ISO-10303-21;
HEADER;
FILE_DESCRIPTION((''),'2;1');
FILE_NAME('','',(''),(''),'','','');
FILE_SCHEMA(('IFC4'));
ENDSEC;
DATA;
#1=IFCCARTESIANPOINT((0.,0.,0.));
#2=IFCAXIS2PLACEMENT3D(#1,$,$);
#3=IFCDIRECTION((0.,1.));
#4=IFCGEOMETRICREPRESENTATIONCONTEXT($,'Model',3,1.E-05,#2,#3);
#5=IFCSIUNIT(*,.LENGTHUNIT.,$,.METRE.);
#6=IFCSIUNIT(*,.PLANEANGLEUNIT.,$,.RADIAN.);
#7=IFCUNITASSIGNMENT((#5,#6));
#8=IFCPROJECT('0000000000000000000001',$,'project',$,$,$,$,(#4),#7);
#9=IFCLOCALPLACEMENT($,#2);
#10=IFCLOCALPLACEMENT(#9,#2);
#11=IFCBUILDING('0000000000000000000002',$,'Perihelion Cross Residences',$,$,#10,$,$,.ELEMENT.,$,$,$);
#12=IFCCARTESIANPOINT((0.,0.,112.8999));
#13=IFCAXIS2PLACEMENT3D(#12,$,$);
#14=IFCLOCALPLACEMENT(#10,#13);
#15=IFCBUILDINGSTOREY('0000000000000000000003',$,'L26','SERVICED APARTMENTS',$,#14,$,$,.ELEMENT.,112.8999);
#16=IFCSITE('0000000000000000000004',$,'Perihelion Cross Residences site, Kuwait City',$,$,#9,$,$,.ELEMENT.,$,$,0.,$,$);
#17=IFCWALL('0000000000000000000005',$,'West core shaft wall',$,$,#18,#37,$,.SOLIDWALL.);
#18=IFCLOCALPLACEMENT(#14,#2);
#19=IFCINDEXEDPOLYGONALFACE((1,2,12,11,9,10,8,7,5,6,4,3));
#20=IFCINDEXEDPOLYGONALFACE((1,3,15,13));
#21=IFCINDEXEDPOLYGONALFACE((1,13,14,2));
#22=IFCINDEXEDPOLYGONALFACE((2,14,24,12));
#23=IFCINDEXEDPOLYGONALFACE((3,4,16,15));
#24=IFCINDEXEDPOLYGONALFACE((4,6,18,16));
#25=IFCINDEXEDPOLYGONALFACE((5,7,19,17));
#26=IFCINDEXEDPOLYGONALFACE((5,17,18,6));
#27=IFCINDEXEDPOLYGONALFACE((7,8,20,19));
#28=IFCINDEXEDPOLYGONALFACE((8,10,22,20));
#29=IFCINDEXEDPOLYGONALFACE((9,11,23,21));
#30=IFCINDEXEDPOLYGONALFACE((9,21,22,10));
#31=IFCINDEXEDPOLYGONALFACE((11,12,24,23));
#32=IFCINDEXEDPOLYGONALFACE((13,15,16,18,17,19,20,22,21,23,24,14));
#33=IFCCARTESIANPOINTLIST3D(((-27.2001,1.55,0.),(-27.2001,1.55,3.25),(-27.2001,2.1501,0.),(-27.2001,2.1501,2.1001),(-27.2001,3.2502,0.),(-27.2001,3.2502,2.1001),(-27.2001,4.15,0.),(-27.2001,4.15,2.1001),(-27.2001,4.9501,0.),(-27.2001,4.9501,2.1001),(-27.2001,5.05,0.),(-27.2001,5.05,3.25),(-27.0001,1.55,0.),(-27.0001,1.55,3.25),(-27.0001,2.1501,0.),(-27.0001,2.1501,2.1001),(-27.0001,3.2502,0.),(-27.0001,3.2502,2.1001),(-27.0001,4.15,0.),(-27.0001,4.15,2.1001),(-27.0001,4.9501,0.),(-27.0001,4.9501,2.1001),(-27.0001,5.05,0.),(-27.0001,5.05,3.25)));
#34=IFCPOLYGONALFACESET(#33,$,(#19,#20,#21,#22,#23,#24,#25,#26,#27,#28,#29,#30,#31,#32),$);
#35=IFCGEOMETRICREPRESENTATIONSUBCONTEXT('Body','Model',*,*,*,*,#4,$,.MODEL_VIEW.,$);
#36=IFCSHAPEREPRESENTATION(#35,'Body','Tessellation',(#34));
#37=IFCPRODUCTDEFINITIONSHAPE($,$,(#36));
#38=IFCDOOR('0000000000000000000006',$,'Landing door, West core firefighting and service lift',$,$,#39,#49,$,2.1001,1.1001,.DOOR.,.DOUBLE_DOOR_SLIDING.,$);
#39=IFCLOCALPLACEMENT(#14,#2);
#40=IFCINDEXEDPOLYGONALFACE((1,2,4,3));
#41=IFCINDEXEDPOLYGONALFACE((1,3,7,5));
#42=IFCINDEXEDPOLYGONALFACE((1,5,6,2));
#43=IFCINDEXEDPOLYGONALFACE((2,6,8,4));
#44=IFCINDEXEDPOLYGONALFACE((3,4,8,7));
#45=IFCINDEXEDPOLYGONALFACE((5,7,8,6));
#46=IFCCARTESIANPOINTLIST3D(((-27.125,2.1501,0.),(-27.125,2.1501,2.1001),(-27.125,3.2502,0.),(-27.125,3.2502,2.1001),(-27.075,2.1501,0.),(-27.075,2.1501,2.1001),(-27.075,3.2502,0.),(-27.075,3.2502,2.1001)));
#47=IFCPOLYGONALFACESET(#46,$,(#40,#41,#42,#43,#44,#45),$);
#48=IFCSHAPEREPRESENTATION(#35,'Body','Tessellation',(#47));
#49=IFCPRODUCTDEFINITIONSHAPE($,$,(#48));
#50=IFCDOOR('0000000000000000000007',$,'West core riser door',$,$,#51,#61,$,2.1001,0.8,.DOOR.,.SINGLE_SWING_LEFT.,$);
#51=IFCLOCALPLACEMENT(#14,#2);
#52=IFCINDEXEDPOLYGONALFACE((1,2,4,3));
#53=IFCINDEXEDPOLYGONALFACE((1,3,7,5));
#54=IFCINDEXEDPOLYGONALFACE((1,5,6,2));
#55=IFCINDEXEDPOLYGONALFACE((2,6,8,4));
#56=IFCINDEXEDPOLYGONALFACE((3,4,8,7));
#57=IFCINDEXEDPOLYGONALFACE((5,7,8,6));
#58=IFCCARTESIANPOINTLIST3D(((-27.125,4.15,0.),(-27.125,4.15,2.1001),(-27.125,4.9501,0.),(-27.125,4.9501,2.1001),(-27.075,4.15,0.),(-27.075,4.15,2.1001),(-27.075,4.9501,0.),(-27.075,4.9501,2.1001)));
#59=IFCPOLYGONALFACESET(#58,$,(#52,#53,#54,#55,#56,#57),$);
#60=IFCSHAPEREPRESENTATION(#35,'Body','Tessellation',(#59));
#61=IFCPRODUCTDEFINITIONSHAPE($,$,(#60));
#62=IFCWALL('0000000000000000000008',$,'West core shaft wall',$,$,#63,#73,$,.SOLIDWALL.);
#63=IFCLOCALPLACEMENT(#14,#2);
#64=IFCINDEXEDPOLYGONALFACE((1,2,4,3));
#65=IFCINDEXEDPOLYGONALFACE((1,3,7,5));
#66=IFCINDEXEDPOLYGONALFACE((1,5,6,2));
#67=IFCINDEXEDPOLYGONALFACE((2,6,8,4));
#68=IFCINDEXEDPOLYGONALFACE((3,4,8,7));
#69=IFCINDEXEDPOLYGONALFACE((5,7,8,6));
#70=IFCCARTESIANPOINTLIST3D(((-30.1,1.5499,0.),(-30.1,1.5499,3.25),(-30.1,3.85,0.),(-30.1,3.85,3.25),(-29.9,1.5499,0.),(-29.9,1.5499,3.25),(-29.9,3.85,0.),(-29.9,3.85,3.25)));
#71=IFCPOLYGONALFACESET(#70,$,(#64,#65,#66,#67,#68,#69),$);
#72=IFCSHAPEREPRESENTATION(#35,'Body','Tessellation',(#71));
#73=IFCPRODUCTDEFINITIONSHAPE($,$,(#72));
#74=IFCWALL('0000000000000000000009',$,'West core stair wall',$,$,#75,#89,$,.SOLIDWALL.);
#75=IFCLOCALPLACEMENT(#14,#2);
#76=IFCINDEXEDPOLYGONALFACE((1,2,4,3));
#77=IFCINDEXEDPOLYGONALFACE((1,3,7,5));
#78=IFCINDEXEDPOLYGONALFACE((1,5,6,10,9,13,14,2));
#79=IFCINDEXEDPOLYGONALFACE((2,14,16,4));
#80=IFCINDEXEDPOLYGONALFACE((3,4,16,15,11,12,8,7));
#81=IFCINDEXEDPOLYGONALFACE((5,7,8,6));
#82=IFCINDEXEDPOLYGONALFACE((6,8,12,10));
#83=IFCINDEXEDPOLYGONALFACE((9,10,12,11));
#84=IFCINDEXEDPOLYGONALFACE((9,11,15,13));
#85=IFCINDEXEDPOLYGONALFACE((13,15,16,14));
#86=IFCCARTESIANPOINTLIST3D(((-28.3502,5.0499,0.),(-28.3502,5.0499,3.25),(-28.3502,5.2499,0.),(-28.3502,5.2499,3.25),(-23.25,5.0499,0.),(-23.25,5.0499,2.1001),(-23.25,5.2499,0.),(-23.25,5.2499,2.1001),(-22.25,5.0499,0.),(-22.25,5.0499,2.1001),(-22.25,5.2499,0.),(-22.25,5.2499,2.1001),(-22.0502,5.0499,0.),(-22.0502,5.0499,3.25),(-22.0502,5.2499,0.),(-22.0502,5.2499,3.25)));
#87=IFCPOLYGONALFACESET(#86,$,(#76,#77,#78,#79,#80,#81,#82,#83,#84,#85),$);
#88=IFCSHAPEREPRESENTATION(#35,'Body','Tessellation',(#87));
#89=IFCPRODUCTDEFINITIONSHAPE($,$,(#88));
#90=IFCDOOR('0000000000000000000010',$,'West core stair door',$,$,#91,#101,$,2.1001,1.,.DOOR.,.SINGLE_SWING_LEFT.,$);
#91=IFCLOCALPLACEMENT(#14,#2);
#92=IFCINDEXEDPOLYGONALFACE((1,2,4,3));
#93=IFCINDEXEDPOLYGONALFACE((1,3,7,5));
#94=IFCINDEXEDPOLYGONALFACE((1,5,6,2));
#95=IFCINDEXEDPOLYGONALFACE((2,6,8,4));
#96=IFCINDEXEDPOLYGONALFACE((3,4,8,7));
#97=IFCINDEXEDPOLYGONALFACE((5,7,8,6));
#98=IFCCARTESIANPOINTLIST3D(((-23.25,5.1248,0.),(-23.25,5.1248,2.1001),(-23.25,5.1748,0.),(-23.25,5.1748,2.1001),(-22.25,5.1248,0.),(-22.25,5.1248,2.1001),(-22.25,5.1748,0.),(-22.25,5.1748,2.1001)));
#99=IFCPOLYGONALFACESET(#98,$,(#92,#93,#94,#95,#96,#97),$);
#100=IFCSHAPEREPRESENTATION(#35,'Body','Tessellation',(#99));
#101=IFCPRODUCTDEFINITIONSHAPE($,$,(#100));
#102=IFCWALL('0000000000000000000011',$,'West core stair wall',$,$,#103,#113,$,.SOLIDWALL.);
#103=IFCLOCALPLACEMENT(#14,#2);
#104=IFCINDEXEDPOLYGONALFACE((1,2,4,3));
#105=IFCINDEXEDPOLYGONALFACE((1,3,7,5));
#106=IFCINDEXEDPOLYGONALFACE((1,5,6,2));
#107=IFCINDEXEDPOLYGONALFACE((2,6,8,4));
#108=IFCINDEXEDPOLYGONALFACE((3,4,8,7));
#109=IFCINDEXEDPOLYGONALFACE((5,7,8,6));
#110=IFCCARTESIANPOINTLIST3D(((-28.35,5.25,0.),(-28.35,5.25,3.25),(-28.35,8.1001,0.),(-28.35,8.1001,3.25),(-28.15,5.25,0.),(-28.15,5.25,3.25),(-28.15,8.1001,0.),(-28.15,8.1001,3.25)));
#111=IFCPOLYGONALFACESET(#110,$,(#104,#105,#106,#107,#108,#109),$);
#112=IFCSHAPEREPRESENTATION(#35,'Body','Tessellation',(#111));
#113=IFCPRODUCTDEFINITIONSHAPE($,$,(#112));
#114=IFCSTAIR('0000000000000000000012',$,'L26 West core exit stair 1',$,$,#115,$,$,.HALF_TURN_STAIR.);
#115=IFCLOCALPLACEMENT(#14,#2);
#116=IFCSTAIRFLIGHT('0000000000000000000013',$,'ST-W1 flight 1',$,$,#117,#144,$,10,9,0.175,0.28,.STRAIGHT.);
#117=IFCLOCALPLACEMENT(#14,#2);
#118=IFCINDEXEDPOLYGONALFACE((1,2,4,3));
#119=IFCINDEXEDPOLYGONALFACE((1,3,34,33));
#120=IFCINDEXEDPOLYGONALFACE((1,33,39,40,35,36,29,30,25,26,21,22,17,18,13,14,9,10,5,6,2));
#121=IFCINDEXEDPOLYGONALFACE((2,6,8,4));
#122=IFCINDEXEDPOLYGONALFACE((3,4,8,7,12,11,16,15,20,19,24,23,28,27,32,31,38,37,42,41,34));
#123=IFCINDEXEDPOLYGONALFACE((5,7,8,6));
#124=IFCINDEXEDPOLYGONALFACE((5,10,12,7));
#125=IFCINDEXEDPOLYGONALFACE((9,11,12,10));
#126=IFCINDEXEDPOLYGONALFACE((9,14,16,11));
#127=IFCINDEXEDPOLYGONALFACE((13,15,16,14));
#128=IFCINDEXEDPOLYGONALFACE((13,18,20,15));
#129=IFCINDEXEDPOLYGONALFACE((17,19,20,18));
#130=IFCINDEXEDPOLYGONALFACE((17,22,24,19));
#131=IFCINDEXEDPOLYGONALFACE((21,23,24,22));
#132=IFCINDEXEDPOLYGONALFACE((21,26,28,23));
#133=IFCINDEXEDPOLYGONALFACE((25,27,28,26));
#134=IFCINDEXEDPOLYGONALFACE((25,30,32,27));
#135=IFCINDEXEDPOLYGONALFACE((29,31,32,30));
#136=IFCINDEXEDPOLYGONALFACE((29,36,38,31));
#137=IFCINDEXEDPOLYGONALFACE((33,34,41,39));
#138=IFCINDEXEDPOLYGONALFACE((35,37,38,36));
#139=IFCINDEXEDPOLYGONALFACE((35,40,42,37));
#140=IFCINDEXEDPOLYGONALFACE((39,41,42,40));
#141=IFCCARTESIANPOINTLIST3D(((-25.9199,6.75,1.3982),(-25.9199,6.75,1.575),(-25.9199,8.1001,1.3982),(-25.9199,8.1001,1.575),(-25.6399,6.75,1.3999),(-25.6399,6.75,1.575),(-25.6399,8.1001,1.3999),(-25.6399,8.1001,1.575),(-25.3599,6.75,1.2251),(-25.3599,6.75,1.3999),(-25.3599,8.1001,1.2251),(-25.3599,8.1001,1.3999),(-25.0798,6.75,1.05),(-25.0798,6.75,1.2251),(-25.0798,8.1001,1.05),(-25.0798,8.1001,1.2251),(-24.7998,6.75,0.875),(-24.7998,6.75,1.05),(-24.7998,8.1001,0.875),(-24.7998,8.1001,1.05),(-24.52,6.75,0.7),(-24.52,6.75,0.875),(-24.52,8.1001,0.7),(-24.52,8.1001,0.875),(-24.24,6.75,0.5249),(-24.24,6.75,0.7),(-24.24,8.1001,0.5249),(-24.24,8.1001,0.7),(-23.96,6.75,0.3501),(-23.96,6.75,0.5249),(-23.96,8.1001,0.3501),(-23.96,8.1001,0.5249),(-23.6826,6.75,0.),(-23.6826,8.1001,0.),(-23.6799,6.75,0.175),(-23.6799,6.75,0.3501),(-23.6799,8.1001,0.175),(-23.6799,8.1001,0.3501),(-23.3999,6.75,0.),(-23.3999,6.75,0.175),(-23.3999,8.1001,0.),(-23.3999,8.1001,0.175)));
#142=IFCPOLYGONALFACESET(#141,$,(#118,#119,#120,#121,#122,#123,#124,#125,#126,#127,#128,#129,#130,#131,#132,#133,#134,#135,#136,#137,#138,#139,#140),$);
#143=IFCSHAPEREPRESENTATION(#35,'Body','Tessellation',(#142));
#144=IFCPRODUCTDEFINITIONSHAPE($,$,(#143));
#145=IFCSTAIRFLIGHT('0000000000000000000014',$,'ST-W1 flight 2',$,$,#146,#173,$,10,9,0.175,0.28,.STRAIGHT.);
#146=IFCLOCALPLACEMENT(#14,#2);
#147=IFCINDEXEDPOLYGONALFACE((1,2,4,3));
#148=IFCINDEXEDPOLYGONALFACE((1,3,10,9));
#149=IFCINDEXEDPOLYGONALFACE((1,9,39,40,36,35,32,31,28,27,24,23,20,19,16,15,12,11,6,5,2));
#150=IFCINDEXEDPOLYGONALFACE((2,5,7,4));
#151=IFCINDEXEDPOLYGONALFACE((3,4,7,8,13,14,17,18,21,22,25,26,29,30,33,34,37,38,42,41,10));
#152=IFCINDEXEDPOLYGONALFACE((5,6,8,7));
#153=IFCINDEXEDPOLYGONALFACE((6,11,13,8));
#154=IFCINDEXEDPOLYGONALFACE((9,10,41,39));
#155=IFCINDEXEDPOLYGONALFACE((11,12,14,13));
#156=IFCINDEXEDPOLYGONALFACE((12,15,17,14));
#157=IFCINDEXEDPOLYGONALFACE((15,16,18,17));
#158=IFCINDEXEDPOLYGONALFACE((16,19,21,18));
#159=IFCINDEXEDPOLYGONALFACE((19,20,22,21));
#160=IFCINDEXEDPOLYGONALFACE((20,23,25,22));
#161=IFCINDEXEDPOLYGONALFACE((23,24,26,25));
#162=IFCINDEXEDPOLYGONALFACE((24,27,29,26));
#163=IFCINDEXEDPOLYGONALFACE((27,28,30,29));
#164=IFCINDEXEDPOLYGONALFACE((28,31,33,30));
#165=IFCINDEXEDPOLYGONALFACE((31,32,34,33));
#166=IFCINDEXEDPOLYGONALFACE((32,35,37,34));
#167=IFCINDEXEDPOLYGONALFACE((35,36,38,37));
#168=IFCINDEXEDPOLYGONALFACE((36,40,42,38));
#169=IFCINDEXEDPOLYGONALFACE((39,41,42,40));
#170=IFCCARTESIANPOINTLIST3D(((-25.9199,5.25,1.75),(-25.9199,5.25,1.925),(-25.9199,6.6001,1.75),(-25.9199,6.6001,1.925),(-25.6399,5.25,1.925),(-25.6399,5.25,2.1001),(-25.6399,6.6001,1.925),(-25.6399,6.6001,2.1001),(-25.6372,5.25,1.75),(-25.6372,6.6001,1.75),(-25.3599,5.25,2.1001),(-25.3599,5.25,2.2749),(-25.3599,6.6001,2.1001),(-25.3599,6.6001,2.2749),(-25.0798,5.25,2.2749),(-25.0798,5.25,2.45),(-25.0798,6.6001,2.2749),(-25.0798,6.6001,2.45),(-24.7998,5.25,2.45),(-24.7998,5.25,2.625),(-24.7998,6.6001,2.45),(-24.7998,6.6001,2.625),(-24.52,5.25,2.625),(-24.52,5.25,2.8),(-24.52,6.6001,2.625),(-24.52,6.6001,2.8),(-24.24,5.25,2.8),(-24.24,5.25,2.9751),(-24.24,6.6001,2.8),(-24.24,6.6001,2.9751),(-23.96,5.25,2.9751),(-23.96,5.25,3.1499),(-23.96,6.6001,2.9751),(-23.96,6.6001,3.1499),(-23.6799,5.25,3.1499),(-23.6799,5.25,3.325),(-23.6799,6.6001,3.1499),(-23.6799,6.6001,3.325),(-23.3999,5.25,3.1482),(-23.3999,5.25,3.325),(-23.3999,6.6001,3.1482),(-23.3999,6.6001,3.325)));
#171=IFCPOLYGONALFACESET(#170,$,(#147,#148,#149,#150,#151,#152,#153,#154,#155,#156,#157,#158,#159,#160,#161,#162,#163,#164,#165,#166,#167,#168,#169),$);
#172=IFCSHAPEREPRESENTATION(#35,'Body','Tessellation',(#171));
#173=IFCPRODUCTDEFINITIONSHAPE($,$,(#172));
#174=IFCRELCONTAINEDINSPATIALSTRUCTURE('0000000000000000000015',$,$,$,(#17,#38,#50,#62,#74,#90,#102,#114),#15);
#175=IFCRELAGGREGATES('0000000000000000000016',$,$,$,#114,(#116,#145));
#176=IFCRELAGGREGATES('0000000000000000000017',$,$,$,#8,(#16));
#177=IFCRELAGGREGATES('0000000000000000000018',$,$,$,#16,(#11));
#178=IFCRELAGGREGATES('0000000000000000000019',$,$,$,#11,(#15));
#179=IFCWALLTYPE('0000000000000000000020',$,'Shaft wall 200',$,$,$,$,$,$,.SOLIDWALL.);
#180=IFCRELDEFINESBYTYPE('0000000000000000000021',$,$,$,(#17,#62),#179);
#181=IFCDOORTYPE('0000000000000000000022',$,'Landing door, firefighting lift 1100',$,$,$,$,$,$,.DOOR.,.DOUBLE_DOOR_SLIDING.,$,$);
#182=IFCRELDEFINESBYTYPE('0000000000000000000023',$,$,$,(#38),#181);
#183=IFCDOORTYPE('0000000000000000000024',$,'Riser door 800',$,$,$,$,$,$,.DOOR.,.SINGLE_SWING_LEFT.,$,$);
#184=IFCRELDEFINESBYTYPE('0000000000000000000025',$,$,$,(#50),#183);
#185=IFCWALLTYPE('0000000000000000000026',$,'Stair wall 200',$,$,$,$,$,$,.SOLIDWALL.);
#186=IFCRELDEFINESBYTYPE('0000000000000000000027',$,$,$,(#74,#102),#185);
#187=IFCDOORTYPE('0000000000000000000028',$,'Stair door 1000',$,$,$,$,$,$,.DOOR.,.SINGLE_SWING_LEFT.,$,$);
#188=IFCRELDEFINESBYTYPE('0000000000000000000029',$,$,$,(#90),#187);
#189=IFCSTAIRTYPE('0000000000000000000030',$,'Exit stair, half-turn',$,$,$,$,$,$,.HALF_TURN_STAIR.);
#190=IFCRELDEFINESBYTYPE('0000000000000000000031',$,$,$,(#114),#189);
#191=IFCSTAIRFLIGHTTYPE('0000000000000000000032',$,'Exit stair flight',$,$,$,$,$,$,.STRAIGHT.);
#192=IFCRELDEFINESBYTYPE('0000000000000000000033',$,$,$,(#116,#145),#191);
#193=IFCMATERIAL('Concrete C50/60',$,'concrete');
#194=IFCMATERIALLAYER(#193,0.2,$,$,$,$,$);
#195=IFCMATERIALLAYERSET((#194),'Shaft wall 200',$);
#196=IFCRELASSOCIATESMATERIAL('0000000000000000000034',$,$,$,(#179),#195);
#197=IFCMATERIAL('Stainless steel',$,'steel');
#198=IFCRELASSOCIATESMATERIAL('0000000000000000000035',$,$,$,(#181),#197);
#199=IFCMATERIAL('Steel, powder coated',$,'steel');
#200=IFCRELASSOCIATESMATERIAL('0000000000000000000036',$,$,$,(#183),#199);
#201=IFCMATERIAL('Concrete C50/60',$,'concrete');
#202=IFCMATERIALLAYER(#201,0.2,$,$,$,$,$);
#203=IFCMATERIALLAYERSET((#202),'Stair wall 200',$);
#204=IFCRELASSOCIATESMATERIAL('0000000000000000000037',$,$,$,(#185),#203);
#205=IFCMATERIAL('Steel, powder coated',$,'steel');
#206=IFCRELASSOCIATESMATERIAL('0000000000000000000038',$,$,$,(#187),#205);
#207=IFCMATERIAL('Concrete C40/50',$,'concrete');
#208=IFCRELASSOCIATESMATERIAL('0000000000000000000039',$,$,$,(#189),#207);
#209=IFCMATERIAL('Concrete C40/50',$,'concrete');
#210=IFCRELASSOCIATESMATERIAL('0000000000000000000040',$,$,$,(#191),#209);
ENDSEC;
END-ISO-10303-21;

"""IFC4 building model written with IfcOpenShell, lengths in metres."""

from ifc_helpers import new_model, si_unit, direction, frame, frame_2d, origin, place, context, subcontext, project, spatial, polyline, rectangle, outline, extrude, material, layer, layer_set, type_object, element, fill, aggregate, save


model = new_model("IFC4")

# Units and contexts
model_context = context("Model", 3, precision=1e-05, world=origin(), true_north=direction((0.0, 1.0)))
body_context = subcontext(model_context, "Body", "Model", "MODEL_VIEW")
ifc_project = project(units=[si_unit("LENGTHUNIT", "METRE"), si_unit("PLANEANGLEUNIT", "RADIAN")], contexts=[model_context])

# Site, building, storey
site_placement = place(None, origin())
site = spatial("IfcSite", under=ifc_project, at=site_placement, Name="Perihelion Cross Residences site, Kuwait City", CompositionType="ELEMENT", RefElevation=0.0)
building_placement = place(site_placement, origin())
building = spatial("IfcBuilding", under=site, at=building_placement, Name="Perihelion Cross Residences", CompositionType="ELEMENT")
storey_placement = place(building_placement, frame((0.0, 0.0, 112.8999)))
storey = spatial("IfcBuildingStorey", under=building, at=storey_placement, Name="L26", Description="SERVICED APARTMENTS", CompositionType="ELEMENT", Elevation=112.8999)

# Shared definitions
ifc_material_1 = material(Name="Concrete C50/60", Category="concrete")
ifc_layer_1 = layer(ifc_material_1, 0.2)
ifc_layer_set_1 = layer_set([ifc_layer_1], Name="Shaft wall 200")
wall_type_1 = type_object("IfcWallType", Name="Shaft wall 200", PredefinedType="SOLIDWALL", material=ifc_layer_set_1)

# Wall, openings, doors
wall_1_placement = place(storey_placement, frame((-27.1001, 1.55, 0.0), z_axis=(0.0, 0.0, 1.0), x_axis=(0.0, 1.0, 0.0)))
wall_1 = element("IfcWall", 1, at=wall_1_placement, inside=storey, type_object=wall_type_1, Name="West core shaft wall", PredefinedType="SOLIDWALL", context=body_context, shape_type="SweptSolid", body=[
    extrude(rectangle(XDim=3.5, YDim=0.2, at=frame_2d((1.75, 0.0))), origin(), (0.0, 0.0, 1.0), 3.25),
])
opening_1_placement = place(wall_1_placement, frame((0.6001, 0.0, 0.0)))
opening_1 = element("IfcOpeningElement", 2, at=opening_1_placement, cuts=wall_1, PredefinedType="OPENING", context=body_context, shape_type="SweptSolid", body=[
    extrude(rectangle(XDim=1.1001, YDim=2.1001, at=frame_2d((0.55, 1.05))), frame((0.0, 0.1099, 0.0), z_axis=(0.0, -1.0, 0.0), x_axis=(1.0, 0.0, 0.0)), (0.0, 0.0, 1.0), 0.22),
])
opening_2_placement = place(wall_1_placement, frame((2.6001, 0.0, 0.0)))
opening_2 = element("IfcOpeningElement", 3, at=opening_2_placement, cuts=wall_1, PredefinedType="OPENING", context=body_context, shape_type="SweptSolid", body=[
    extrude(rectangle(XDim=0.8, YDim=2.1001, at=frame_2d((0.3999, 1.05))), frame((0.0, 0.1099, 0.0), z_axis=(0.0, -1.0, 0.0), x_axis=(1.0, 0.0, 0.0)), (0.0, 0.0, 1.0), 0.22),
])
ifc_material_2 = material(Name="Stainless steel", Category="steel")
door_type_1 = type_object("IfcDoorType", Name="Landing door, firefighting lift 1100", OperationType="DOUBLE_DOOR_SLIDING", PredefinedType="DOOR", material=ifc_material_2)
door_1_placement = place(opening_1_placement, origin())
door_1 = element("IfcDoor", 4, at=door_1_placement, inside=storey, type_object=door_type_1, Name="Landing door, West core firefighting and service lift", OperationType="DOUBLE_DOOR_SLIDING", OverallHeight=2.1001, OverallWidth=1.1001, PredefinedType="DOOR", context=body_context, shape_type="SweptSolid", body=[
    extrude(rectangle(XDim=1.1001, YDim=2.1001, at=frame_2d((0.55, 1.05))), frame((0.0, 0.0249, 0.0), z_axis=(0.0, -1.0, 0.0), x_axis=(1.0, 0.0, 0.0)), (0.0, 0.0, 1.0), 0.05),
])
fill(opening_1, door_1)
ifc_material_3 = material(Name="Steel, powder coated", Category="steel")
door_type_2 = type_object("IfcDoorType", Name="Riser door 800", OperationType="SINGLE_SWING_LEFT", PredefinedType="DOOR", material=ifc_material_3)
door_2_placement = place(opening_2_placement, origin())
door_2 = element("IfcDoor", 5, at=door_2_placement, inside=storey, type_object=door_type_2, Name="West core riser door", OperationType="SINGLE_SWING_LEFT", OverallHeight=2.1001, OverallWidth=0.8, PredefinedType="DOOR", context=body_context, shape_type="SweptSolid", body=[
    extrude(rectangle(XDim=0.8, YDim=2.1001, at=frame_2d((0.3999, 1.05))), frame((0.0, 0.0249, 0.0), z_axis=(0.0, -1.0, 0.0), x_axis=(1.0, 0.0, 0.0)), (0.0, 0.0, 1.0), 0.05),
])
fill(opening_2, door_2)

# Wall
wall_2_placement = place(storey_placement, frame((-30.0, 1.55, 0.0), z_axis=(0.0, 0.0, 1.0), x_axis=(0.0, 1.0, 0.0)))
element("IfcWall", 6, at=wall_2_placement, inside=storey, type_object=wall_type_1, Name="West core shaft wall", PredefinedType="SOLIDWALL", context=body_context, shape_type="SweptSolid", body=[
    extrude(rectangle(XDim=2.3, YDim=0.2, at=frame_2d((1.1499, 0.0))), origin(), (0.0, 0.0, 1.0), 3.25),
])

# Wall, opening, door
ifc_material_4 = material(Name="Concrete C50/60", Category="concrete")
ifc_layer_2 = layer(ifc_material_4, 0.2)
ifc_layer_set_2 = layer_set([ifc_layer_2], Name="Stair wall 200")
wall_type_2 = type_object("IfcWallType", Name="Stair wall 200", PredefinedType="SOLIDWALL", material=ifc_layer_set_2)
wall_3_placement = place(storey_placement, frame((-28.3501, 5.1499, 0.0), z_axis=(0.0, 0.0, 1.0), x_axis=(1.0, 0.0, 0.0)))
wall_3 = element("IfcWall", 7, at=wall_3_placement, inside=storey, type_object=wall_type_2, Name="West core stair wall", PredefinedType="SOLIDWALL", context=body_context, shape_type="SweptSolid", body=[
    extrude(rectangle(XDim=6.3, YDim=0.2, at=frame_2d((3.1499, 0.0))), origin(), (0.0, 0.0, 1.0), 3.25),
])
opening_3_placement = place(wall_3_placement, frame((5.1001, 0.0, 0.0)))
opening_3 = element("IfcOpeningElement", 8, at=opening_3_placement, cuts=wall_3, PredefinedType="OPENING", context=body_context, shape_type="SweptSolid", body=[
    extrude(rectangle(XDim=1.0, YDim=2.1001, at=frame_2d((0.5, 1.05))), frame((0.0, 0.1099, 0.0), z_axis=(0.0, -1.0, 0.0), x_axis=(1.0, 0.0, 0.0)), (0.0, 0.0, 1.0), 0.22),
])
ifc_material_5 = material(Name="Steel, powder coated", Category="steel")
door_type_3 = type_object("IfcDoorType", Name="Stair door 1000", OperationType="SINGLE_SWING_LEFT", PredefinedType="DOOR", material=ifc_material_5)
door_3_placement = place(opening_3_placement, origin())
door_3 = element("IfcDoor", 9, at=door_3_placement, inside=storey, type_object=door_type_3, Name="West core stair door", OperationType="SINGLE_SWING_LEFT", OverallHeight=2.1001, OverallWidth=1.0, PredefinedType="DOOR", context=body_context, shape_type="SweptSolid", body=[
    extrude(rectangle(XDim=1.0, YDim=2.1001, at=frame_2d((0.5, 1.05))), frame((0.0, 0.0249, 0.0), z_axis=(0.0, -1.0, 0.0), x_axis=(1.0, 0.0, 0.0)), (0.0, 0.0, 1.0), 0.05),
])
fill(opening_3, door_3)

# Wall
wall_4_placement = place(storey_placement, frame((-28.25, 5.25, 0.0), z_axis=(0.0, 0.0, 1.0), x_axis=(0.0, 1.0, 0.0)))
element("IfcWall", 10, at=wall_4_placement, inside=storey, type_object=wall_type_2, Name="West core stair wall", PredefinedType="SOLIDWALL", context=body_context, shape_type="SweptSolid", body=[
    extrude(rectangle(XDim=2.8501, YDim=0.2, at=frame_2d((1.425, 0.0))), origin(), (0.0, 0.0, 1.0), 3.25),
])

# Stair, stair flights
ifc_material_6 = material(Name="Concrete C40/50", Category="concrete")
stair_type = type_object("IfcStairType", Name="Exit stair, half-turn", PredefinedType="HALF_TURN_STAIR", material=ifc_material_6)
stair_placement = place(storey_placement, origin())
stair = element("IfcStair", 11, at=stair_placement, inside=storey, type_object=stair_type, Name="L26 West core exit stair 1", PredefinedType="HALF_TURN_STAIR")
ifc_material_7 = material(Name="Concrete C40/50", Category="concrete")
stair_flight_type = type_object("IfcStairFlightType", Name="Exit stair flight", PredefinedType="STRAIGHT", material=ifc_material_7)
stair_flight_1_placement = place(storey_placement, frame((-23.3999, 7.425, 0.0), z_axis=(0.0, 0.0, 1.0), x_axis=(-1.0, 0.0, 0.0)))
stair_flight_1 = element("IfcStairFlight", 12, at=stair_flight_1_placement, type_object=stair_flight_type, Name="ST-W1 flight 1", NumberOfRisers=10, NumberOfTreads=9, PredefinedType="STRAIGHT", RiserHeight=0.175, TreadLength=0.28, context=body_context, shape_type="SweptSolid", body=[
    extrude(outline(polyline([(0.0, 0.0), (0.0, 0.175), (0.28, 0.175), (0.28, 0.3501), (0.5601, 0.3501), (0.5601, 0.5249), (0.8401, 0.5249), (0.8401, 0.7), (1.1201, 0.7), (1.1201, 0.875), (1.3999, 0.875), (1.3999, 1.05), (1.6799, 1.05), (1.6799, 1.2251), (1.96, 1.2251), (1.96, 1.3999), (2.24, 1.3999), (2.24, 1.575), (2.52, 1.575), (2.52, 1.75), (2.52, 1.3982), (0.2827, 0.0), (0.0, 0.0)])), frame((0.0, 0.675, 0.0), z_axis=(0.0, -1.0, 0.0), x_axis=(1.0, 0.0, 0.0)), (0.0, 0.0, 1.0), 1.3501),
])
stair_flight_2_placement = place(storey_placement, frame((-25.9199, 5.925, 1.75), z_axis=(0.0, 0.0, 1.0), x_axis=(1.0, 0.0, 0.0)))
stair_flight_2 = element("IfcStairFlight", 13, at=stair_flight_2_placement, type_object=stair_flight_type, Name="ST-W1 flight 2", NumberOfRisers=10, NumberOfTreads=9, PredefinedType="STRAIGHT", RiserHeight=0.175, TreadLength=0.28, context=body_context, shape_type="SweptSolid", body=[
    extrude(outline(polyline([(0.0, 0.0), (0.0, 0.175), (0.28, 0.175), (0.28, 0.3501), (0.5601, 0.3501), (0.5601, 0.5249), (0.8401, 0.5249), (0.8401, 0.7), (1.1201, 0.7), (1.1201, 0.875), (1.3999, 0.875), (1.3999, 1.05), (1.6799, 1.05), (1.6799, 1.2251), (1.96, 1.2251), (1.96, 1.3999), (2.24, 1.3999), (2.24, 1.575), (2.52, 1.575), (2.52, 1.75), (2.52, 1.3982), (0.2827, 0.0), (0.0, 0.0)])), frame((0.0, 0.675, 0.0), z_axis=(0.0, -1.0, 0.0), x_axis=(1.0, 0.0, 0.0)), (0.0, 0.0, 1.0), 1.3501),
])
aggregate(stair, [stair_flight_1, stair_flight_2])

save(model, "model.ifc")
